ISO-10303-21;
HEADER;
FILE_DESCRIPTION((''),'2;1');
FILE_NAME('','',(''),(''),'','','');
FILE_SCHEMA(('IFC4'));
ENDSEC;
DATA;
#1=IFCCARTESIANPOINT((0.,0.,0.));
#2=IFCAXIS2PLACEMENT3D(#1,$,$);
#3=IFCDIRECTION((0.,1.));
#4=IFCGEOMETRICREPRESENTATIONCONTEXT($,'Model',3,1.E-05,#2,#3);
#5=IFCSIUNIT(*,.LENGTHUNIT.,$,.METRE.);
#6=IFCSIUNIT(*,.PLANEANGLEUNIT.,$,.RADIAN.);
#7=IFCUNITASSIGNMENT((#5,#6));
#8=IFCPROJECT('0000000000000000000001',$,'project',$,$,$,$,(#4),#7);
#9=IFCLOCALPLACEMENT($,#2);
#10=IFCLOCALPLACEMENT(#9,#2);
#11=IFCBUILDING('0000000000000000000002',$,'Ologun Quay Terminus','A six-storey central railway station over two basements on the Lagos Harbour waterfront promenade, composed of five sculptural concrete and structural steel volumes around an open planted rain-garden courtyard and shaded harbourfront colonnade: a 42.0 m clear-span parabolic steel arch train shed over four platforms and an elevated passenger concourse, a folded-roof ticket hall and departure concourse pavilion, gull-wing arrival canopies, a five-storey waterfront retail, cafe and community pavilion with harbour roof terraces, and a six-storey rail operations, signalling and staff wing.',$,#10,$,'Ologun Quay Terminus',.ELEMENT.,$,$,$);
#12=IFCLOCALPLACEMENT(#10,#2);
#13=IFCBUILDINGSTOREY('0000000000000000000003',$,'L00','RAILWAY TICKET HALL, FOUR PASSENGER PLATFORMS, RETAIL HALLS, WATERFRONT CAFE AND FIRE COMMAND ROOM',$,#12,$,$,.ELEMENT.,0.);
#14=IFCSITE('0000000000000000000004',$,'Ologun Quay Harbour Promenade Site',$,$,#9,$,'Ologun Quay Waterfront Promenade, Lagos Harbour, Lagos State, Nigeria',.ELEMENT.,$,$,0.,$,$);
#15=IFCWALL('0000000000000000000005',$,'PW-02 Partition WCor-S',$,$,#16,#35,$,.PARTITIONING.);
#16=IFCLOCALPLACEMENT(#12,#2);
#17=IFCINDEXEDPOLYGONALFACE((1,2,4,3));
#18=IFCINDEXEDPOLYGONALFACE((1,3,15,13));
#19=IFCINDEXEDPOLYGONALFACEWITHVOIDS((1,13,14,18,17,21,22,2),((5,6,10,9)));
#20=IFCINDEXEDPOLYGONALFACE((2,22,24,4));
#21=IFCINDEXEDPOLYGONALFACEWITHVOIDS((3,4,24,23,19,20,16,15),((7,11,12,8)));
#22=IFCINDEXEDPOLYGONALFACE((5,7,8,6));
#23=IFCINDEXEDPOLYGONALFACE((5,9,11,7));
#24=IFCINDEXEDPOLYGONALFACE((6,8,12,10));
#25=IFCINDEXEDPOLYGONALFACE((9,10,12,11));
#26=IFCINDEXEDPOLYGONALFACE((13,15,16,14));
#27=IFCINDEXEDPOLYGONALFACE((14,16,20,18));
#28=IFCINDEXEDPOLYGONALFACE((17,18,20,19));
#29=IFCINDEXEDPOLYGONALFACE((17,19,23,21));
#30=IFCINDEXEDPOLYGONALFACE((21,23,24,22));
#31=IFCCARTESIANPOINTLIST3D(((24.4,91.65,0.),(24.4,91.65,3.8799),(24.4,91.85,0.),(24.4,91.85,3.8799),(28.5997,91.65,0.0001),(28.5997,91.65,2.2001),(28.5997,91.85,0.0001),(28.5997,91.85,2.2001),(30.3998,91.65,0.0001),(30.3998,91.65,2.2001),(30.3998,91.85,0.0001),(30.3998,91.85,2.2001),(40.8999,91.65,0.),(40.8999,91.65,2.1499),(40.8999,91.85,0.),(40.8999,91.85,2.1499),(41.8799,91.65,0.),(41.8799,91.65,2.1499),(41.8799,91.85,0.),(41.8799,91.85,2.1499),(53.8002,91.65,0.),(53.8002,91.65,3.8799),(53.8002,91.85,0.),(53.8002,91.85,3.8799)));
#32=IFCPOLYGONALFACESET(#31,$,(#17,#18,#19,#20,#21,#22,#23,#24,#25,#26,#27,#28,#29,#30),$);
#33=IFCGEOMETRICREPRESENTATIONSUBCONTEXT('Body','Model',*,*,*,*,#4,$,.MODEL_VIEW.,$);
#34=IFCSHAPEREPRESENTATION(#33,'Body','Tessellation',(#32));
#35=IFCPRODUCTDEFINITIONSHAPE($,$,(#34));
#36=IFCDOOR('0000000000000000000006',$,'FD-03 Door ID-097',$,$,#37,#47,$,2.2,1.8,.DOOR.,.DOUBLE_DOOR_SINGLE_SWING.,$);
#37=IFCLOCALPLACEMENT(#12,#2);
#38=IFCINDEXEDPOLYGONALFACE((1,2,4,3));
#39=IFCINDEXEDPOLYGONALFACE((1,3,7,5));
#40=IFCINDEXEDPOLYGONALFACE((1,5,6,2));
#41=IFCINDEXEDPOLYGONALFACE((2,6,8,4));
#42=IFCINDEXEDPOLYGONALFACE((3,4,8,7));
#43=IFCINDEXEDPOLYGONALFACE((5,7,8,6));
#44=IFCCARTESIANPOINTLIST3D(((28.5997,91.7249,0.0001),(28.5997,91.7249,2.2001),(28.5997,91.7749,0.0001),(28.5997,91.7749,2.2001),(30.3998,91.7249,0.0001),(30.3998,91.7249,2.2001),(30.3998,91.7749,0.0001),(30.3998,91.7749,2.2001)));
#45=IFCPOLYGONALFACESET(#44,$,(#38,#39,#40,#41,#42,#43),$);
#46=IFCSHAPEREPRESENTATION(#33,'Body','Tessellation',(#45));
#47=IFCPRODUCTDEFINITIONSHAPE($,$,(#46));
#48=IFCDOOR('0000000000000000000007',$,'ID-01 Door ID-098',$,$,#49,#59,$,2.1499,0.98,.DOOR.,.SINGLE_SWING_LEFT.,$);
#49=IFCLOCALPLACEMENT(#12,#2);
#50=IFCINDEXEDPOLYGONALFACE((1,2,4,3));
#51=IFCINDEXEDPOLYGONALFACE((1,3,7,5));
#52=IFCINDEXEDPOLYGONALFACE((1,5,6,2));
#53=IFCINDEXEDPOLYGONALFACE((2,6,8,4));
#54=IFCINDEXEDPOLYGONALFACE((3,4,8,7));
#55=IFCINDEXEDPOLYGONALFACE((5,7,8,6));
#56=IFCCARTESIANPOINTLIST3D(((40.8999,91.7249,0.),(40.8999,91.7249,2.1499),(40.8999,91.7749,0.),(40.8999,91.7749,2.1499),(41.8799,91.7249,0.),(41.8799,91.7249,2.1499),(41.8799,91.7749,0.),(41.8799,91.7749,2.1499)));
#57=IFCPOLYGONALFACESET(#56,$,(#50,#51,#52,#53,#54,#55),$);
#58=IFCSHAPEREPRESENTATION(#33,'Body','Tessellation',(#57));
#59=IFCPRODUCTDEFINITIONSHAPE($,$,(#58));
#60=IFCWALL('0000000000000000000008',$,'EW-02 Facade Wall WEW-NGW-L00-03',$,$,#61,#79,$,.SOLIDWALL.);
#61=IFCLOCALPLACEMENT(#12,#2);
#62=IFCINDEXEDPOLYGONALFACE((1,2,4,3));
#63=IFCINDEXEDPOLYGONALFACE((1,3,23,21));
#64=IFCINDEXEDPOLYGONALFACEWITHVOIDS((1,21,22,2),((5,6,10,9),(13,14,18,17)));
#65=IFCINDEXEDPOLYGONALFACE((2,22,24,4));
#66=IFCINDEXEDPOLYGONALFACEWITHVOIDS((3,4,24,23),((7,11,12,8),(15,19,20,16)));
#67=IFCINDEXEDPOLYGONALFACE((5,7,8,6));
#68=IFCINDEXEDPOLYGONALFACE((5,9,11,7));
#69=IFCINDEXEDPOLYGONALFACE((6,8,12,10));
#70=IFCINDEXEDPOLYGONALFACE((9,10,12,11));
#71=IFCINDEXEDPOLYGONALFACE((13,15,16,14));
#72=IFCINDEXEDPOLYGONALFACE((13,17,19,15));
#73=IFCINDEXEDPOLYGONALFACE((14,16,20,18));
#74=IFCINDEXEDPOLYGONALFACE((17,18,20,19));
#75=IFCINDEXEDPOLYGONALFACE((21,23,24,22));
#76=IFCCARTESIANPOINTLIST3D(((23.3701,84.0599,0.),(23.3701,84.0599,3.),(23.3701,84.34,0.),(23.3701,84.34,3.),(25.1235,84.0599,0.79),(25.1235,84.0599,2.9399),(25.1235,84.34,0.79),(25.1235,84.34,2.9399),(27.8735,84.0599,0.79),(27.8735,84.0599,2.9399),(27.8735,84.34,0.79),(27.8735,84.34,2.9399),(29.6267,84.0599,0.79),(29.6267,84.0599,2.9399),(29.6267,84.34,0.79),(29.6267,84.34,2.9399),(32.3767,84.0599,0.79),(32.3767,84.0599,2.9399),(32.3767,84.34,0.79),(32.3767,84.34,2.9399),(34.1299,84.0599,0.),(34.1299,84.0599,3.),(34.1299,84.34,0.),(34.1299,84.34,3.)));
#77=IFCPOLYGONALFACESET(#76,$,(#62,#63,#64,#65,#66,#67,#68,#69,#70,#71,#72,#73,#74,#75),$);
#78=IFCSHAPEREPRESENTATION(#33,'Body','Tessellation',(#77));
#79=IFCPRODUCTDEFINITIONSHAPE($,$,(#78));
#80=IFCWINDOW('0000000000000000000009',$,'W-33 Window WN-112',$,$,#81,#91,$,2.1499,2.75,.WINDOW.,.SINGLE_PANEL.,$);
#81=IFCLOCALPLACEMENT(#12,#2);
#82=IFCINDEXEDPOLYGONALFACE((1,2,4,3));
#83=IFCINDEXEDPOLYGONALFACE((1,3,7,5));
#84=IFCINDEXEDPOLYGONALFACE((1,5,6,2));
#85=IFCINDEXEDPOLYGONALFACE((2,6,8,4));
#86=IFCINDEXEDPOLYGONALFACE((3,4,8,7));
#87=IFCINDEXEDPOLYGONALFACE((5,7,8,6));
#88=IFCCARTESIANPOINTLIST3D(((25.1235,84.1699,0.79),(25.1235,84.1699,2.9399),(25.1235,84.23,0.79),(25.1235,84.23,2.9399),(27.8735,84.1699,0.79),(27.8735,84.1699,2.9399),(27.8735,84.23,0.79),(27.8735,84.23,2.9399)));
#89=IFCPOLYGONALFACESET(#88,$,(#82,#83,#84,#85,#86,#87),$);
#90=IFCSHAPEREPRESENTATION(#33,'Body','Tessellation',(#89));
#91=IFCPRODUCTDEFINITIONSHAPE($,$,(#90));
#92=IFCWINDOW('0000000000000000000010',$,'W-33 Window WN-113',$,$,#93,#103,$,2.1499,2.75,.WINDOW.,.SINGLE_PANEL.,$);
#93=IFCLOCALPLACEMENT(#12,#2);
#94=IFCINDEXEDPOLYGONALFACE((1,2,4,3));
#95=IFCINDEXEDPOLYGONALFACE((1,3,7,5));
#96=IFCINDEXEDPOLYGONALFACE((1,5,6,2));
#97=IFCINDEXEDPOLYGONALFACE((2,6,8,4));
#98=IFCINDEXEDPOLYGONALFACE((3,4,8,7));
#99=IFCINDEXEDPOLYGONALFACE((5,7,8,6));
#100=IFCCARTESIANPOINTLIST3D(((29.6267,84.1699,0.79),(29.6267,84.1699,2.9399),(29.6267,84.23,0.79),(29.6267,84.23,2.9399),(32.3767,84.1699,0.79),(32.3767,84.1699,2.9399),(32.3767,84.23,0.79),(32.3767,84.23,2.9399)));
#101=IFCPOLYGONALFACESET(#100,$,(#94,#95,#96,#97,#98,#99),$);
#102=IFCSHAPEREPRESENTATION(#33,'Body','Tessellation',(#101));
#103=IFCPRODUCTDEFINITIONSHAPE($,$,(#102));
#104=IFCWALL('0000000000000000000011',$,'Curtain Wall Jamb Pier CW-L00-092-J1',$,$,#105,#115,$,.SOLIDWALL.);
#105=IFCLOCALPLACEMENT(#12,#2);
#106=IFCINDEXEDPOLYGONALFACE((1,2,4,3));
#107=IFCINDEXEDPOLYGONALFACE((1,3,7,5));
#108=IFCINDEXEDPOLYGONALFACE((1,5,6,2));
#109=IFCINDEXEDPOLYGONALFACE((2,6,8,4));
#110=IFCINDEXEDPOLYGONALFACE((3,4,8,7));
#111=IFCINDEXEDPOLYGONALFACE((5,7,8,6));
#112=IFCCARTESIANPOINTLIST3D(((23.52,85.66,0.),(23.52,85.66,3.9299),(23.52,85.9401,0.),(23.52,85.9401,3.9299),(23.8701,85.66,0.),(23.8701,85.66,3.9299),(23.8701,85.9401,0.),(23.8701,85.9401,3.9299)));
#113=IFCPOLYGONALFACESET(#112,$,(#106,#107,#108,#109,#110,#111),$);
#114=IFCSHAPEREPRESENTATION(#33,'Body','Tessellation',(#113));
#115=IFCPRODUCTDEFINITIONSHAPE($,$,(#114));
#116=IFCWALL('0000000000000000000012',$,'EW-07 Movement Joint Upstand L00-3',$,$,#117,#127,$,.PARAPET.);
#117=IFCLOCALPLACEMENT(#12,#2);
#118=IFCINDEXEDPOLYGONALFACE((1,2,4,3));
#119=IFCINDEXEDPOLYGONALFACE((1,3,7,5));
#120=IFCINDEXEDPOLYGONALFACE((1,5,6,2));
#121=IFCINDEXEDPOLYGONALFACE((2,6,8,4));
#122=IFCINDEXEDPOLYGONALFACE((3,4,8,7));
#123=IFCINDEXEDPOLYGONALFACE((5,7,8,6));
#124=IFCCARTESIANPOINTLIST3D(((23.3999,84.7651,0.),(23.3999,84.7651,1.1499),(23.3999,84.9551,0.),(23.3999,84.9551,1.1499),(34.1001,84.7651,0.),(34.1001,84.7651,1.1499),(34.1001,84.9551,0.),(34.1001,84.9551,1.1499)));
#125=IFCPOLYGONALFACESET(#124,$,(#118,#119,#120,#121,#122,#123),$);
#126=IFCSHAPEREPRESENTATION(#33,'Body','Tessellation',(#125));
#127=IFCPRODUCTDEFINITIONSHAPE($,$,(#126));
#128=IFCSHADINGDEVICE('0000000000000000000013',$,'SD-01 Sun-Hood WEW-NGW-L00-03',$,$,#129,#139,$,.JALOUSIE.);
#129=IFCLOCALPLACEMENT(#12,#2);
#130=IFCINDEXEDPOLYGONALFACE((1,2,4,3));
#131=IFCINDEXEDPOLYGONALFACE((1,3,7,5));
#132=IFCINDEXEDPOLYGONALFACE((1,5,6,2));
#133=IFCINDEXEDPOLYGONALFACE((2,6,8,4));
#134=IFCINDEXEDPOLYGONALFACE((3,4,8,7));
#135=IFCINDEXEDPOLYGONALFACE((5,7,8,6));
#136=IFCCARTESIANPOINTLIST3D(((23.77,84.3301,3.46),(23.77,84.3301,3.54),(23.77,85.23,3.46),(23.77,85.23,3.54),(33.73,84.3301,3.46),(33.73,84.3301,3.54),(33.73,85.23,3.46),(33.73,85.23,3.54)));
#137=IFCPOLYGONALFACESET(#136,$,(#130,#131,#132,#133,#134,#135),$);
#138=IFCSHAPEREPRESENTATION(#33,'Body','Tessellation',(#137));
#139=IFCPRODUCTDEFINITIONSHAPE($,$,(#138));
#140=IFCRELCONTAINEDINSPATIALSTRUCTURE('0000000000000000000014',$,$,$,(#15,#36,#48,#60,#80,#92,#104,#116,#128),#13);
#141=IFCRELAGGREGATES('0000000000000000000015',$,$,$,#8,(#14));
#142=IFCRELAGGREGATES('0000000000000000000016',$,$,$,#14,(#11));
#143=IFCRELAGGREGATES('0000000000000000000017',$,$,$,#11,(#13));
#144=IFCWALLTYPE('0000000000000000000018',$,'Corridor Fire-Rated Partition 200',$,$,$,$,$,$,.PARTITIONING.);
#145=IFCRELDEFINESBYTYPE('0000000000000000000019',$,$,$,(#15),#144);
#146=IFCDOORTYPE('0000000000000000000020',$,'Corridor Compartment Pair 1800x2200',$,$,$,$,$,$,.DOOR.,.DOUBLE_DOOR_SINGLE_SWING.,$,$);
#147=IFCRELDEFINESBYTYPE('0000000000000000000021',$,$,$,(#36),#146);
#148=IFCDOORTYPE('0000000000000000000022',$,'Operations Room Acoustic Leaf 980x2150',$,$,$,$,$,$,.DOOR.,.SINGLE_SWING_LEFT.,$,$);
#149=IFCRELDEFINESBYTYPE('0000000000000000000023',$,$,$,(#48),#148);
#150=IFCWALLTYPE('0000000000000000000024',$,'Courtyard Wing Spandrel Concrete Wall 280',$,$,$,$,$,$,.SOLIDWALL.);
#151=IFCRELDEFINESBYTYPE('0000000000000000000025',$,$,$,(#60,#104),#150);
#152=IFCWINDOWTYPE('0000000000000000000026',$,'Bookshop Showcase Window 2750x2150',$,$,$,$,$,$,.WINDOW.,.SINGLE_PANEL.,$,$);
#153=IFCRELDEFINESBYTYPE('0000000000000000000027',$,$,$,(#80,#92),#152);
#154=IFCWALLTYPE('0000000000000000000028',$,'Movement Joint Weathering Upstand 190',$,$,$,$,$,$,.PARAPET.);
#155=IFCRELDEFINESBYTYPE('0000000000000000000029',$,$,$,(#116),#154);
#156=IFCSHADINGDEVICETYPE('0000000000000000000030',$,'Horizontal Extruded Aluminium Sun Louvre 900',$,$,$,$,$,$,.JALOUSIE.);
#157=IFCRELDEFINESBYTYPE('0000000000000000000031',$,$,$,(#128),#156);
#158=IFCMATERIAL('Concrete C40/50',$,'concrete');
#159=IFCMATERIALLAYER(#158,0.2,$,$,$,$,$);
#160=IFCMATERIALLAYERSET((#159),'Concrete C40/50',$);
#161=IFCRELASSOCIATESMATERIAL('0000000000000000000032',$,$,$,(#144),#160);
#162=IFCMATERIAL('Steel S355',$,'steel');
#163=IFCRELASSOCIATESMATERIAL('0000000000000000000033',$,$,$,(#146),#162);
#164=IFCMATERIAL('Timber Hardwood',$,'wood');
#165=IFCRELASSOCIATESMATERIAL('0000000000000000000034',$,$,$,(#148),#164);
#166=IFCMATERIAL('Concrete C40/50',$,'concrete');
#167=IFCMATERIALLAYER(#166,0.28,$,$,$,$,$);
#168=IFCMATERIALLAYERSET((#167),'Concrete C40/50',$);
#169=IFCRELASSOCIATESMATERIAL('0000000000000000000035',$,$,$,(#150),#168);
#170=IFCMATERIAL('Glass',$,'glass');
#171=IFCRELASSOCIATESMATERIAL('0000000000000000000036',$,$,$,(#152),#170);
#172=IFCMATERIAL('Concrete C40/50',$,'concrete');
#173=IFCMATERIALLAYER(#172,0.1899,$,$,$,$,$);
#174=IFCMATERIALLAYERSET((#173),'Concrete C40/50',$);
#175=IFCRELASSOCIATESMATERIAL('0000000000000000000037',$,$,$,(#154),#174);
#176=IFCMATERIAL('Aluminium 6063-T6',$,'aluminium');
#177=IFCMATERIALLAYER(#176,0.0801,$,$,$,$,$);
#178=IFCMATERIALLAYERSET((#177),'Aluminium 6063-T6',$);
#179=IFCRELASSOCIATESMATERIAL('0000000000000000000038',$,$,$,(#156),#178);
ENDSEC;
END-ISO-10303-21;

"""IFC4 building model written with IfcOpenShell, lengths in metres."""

from ifc_helpers import new_model, si_unit, direction, frame, frame_2d, origin, origin_2d, place, context, subcontext, project, spatial, rectangle, extrude, material, layer, layer_set, type_object, element, fill, save


model = new_model("IFC4")

# Units and contexts
model_context = context("Model", 3, precision=1e-05, world=origin(), true_north=direction((0.0, 1.0)))
body_context = subcontext(model_context, "Body", "Model", "MODEL_VIEW")
ifc_project = project(units=[si_unit("LENGTHUNIT", "METRE"), si_unit("PLANEANGLEUNIT", "RADIAN")], contexts=[model_context])

# Site, building, storey
site_placement = place(None, origin())
site = spatial("IfcSite", under=ifc_project, at=site_placement, Name="Ologun Quay Harbour Promenade Site", LongName="Ologun Quay Waterfront Promenade, Lagos Harbour, Lagos State, Nigeria", CompositionType="ELEMENT", RefElevation=0.0)
building_placement = place(site_placement, origin())
building = spatial("IfcBuilding", under=site, at=building_placement, Name="Ologun Quay Terminus", Description="A six-storey central railway station over two basements on the Lagos Harbour waterfront promenade, composed of five sculptural concrete and structural steel volumes around an open planted rain-garden courtyard and shaded harbourfront colonnade: a 42.0 m clear-span parabolic steel arch train shed over four platforms and an elevated passenger concourse, a folded-roof ticket hall and departure concourse pavilion, gull-wing arrival canopies, a five-storey waterfront retail, cafe and community pavilion with harbour roof terraces, and a six-storey rail operations, signalling and staff wing.", LongName="Ologun Quay Terminus", CompositionType="ELEMENT")
storey_placement = place(building_placement, origin())
storey = spatial("IfcBuildingStorey", under=building, at=storey_placement, Name="L00", Description="RAILWAY TICKET HALL, FOUR PASSENGER PLATFORMS, RETAIL HALLS, WATERFRONT CAFE AND FIRE COMMAND ROOM", CompositionType="ELEMENT", Elevation=0.0)

# Wall, openings, doors
ifc_material_1 = material(Name="Concrete C40/50", Category="concrete")
ifc_layer_1 = layer(ifc_material_1, 0.2)
ifc_layer_set_1 = layer_set([ifc_layer_1], Name="Concrete C40/50")
wall_type_1 = type_object("IfcWallType", Name="Corridor Fire-Rated Partition 200", PredefinedType="PARTITIONING", material=ifc_layer_set_1)
wall_1_placement = place(storey_placement, frame((24.3999, 91.75, 0.0), z_axis=(0.0, 0.0, 1.0), x_axis=(1.0, 0.0, 0.0)))
wall_1 = element("IfcWall", 1, at=wall_1_placement, inside=storey, type_object=wall_type_1, Name="PW-02 Partition WCor-S", PredefinedType="PARTITIONING", context=body_context, shape_type="SweptSolid", body=[
    extrude(rectangle(XDim=29.4001, YDim=0.2, at=frame_2d((14.7002, 0.0))), origin(), (0.0, 0.0, 1.0), 3.8799),
])
opening_1_placement = place(wall_1_placement, frame((4.2, 0.0, 0.0)))
opening_1 = element("IfcOpeningElement", 2, at=opening_1_placement, cuts=wall_1, PredefinedType="OPENING", context=body_context, shape_type="SweptSolid", body=[
    extrude(rectangle(XDim=1.8, YDim=2.2, at=frame_2d((0.8999, 1.1001))), frame((0.0, 0.1099, 0.0), z_axis=(0.0, -1.0, 0.0), x_axis=(1.0, 0.0, 0.0)), (0.0, 0.0, 1.0), 0.22),
])
opening_2_placement = place(wall_1_placement, frame((16.5, 0.0, 0.0)))
opening_2 = element("IfcOpeningElement", 3, at=opening_2_placement, cuts=wall_1, PredefinedType="OPENING", context=body_context, shape_type="SweptSolid", body=[
    extrude(rectangle(XDim=0.98, YDim=2.1499, at=frame_2d((0.49, 1.075))), frame((0.0, 0.1099, 0.0), z_axis=(0.0, -1.0, 0.0), x_axis=(1.0, 0.0, 0.0)), (0.0, 0.0, 1.0), 0.22),
])
ifc_material_2 = material(Name="Steel S355", Category="steel")
door_type_1 = type_object("IfcDoorType", Name="Corridor Compartment Pair 1800x2200", OperationType="DOUBLE_DOOR_SINGLE_SWING", PredefinedType="DOOR", material=ifc_material_2)
door_1_placement = place(opening_1_placement, origin())
door_1 = element("IfcDoor", 4, at=door_1_placement, inside=storey, type_object=door_type_1, Name="FD-03 Door ID-097", OperationType="DOUBLE_DOOR_SINGLE_SWING", OverallHeight=2.2, OverallWidth=1.8, PredefinedType="DOOR", context=body_context, shape_type="SweptSolid", body=[
    extrude(rectangle(XDim=1.8, YDim=2.2, at=frame_2d((0.8999, 1.1001))), frame((0.0, 0.0249, 0.0), z_axis=(0.0, -1.0, 0.0), x_axis=(1.0, 0.0, 0.0)), (0.0, 0.0, 1.0), 0.05),
])
fill(opening_1, door_1)
ifc_material_3 = material(Name="Timber Hardwood", Category="wood")
door_type_2 = type_object("IfcDoorType", Name="Operations Room Acoustic Leaf 980x2150", OperationType="SINGLE_SWING_LEFT", PredefinedType="DOOR", material=ifc_material_3)
door_2_placement = place(opening_2_placement, origin())
door_2 = element("IfcDoor", 5, at=door_2_placement, inside=storey, type_object=door_type_2, Name="ID-01 Door ID-098", OperationType="SINGLE_SWING_LEFT", OverallHeight=2.1499, OverallWidth=0.98, PredefinedType="DOOR", context=body_context, shape_type="SweptSolid", body=[
    extrude(rectangle(XDim=0.98, YDim=2.1499, at=frame_2d((0.49, 1.075))), frame((0.0, 0.0249, 0.0), z_axis=(0.0, -1.0, 0.0), x_axis=(1.0, 0.0, 0.0)), (0.0, 0.0, 1.0), 0.05),
])
fill(opening_2, door_2)

# Wall, openings, windows
ifc_material_4 = material(Name="Concrete C40/50", Category="concrete")
ifc_layer_2 = layer(ifc_material_4, 0.28)
ifc_layer_set_2 = layer_set([ifc_layer_2], Name="Concrete C40/50")
wall_type_2 = type_object("IfcWallType", Name="Courtyard Wing Spandrel Concrete Wall 280", PredefinedType="SOLIDWALL", material=ifc_layer_set_2)
wall_2_placement = place(storey_placement, frame((23.3701, 84.2, 0.0), z_axis=(0.0, 0.0, 1.0), x_axis=(1.0, 0.0, 0.0)))
wall_2 = element("IfcWall", 6, at=wall_2_placement, inside=storey, type_object=wall_type_2, Name="EW-02 Facade Wall WEW-NGW-L00-03", PredefinedType="SOLIDWALL", context=body_context, shape_type="SweptSolid", body=[
    extrude(rectangle(XDim=10.7598, YDim=0.28, at=frame_2d((5.3799, 0.0))), origin(), (0.0, 0.0, 1.0), 3.0),
])
opening_3_placement = place(wall_2_placement, frame((1.7534, 0.0, 0.79)))
opening_3 = element("IfcOpeningElement", 7, at=opening_3_placement, cuts=wall_2, PredefinedType="OPENING", context=body_context, shape_type="SweptSolid", body=[
    extrude(rectangle(XDim=2.75, YDim=2.1499, at=frame_2d((1.375, 1.075))), frame((0.0, 0.1499, 0.0), z_axis=(0.0, -1.0, 0.0), x_axis=(1.0, 0.0, 0.0)), (0.0, 0.0, 1.0), 0.3),
])
opening_4_placement = place(wall_2_placement, frame((6.2566, 0.0, 0.79)))
opening_4 = element("IfcOpeningElement", 8, at=opening_4_placement, cuts=wall_2, PredefinedType="OPENING", context=body_context, shape_type="SweptSolid", body=[
    extrude(rectangle(XDim=2.75, YDim=2.1499, at=frame_2d((1.375, 1.075))), frame((0.0, 0.1499, 0.0), z_axis=(0.0, -1.0, 0.0), x_axis=(1.0, 0.0, 0.0)), (0.0, 0.0, 1.0), 0.3),
])
ifc_material_5 = material(Name="Glass", Category="glass")
window_type = type_object("IfcWindowType", Name="Bookshop Showcase Window 2750x2150", PartitioningType="SINGLE_PANEL", PredefinedType="WINDOW", material=ifc_material_5)
window_1_placement = place(opening_3_placement, origin())
window_1 = element("IfcWindow", 9, at=window_1_placement, inside=storey, type_object=window_type, Name="W-33 Window WN-112", OverallHeight=2.1499, OverallWidth=2.75, PartitioningType="SINGLE_PANEL", PredefinedType="WINDOW", context=body_context, shape_type="SweptSolid", body=[
    extrude(rectangle(XDim=2.75, YDim=2.1499, at=frame_2d((1.375, 1.075))), frame((0.0, 0.03, 0.0), z_axis=(0.0, -1.0, 0.0), x_axis=(1.0, 0.0, 0.0)), (0.0, 0.0, 1.0), 0.0601),
])
fill(opening_3, window_1)
window_2_placement = place(opening_4_placement, origin())
window_2 = element("IfcWindow", 10, at=window_2_placement, inside=storey, type_object=window_type, Name="W-33 Window WN-113", OverallHeight=2.1499, OverallWidth=2.75, PartitioningType="SINGLE_PANEL", PredefinedType="WINDOW", context=body_context, shape_type="SweptSolid", body=[
    extrude(rectangle(XDim=2.75, YDim=2.1499, at=frame_2d((1.375, 1.075))), frame((0.0, 0.03, 0.0), z_axis=(0.0, -1.0, 0.0), x_axis=(1.0, 0.0, 0.0)), (0.0, 0.0, 1.0), 0.0601),
])
fill(opening_4, window_2)

# Walls
wall_3_placement = place(storey_placement, frame((23.52, 85.8, 0.0), z_axis=(0.0, 0.0, 1.0), x_axis=(1.0, 0.0, 0.0)))
element("IfcWall", 11, at=wall_3_placement, inside=storey, type_object=wall_type_2, Name="Curtain Wall Jamb Pier CW-L00-092-J1", PredefinedType="SOLIDWALL", context=body_context, shape_type="SweptSolid", body=[
    extrude(rectangle(XDim=0.3501, YDim=0.28, at=frame_2d((0.175, 0.0))), origin(), (0.0, 0.0, 1.0), 3.9299),
])
ifc_material_6 = material(Name="Concrete C40/50", Category="concrete")
ifc_layer_3 = layer(ifc_material_6, 0.1899)
ifc_layer_set_3 = layer_set([ifc_layer_3], Name="Concrete C40/50")
wall_type_3 = type_object("IfcWallType", Name="Movement Joint Weathering Upstand 190", PredefinedType="PARAPET", material=ifc_layer_set_3)
wall_4_placement = place(storey_placement, frame((23.3999, 84.8601, 0.0), z_axis=(0.0, 0.0, 1.0), x_axis=(1.0, 0.0, 0.0)))
element("IfcWall", 12, at=wall_4_placement, inside=storey, type_object=wall_type_3, Name="EW-07 Movement Joint Upstand L00-3", PredefinedType="PARAPET", context=body_context, shape_type="SweptSolid", body=[
    extrude(rectangle(XDim=10.7002, YDim=0.1899, at=frame_2d((5.3501, 0.0))), origin(), (0.0, 0.0, 1.0), 1.1499),
])

# Shading device
ifc_material_7 = material(Name="Aluminium 6063-T6", Category="aluminium")
ifc_layer_4 = layer(ifc_material_7, 0.0801)
ifc_layer_set_4 = layer_set([ifc_layer_4], Name="Aluminium 6063-T6")
shading_device_type = type_object("IfcShadingDeviceType", Name="Horizontal Extruded Aluminium Sun Louvre 900", PredefinedType="JALOUSIE", material=ifc_layer_set_4)
shading_device_placement = place(storey_placement, frame((28.75, 84.78, 3.46), z_axis=(0.0, 0.0, 1.0), x_axis=(1.0, 0.0, 0.0)))
element("IfcShadingDevice", 13, at=shading_device_placement, inside=storey, type_object=shading_device_type, Name="SD-01 Sun-Hood WEW-NGW-L00-03", PredefinedType="JALOUSIE", context=body_context, shape_type="SweptSolid", body=[
    extrude(rectangle(XDim=9.96, YDim=0.8999, at=origin_2d()), origin(), (0.0, 0.0, 1.0), 0.0801),
])

save(model, "model.ifc")
